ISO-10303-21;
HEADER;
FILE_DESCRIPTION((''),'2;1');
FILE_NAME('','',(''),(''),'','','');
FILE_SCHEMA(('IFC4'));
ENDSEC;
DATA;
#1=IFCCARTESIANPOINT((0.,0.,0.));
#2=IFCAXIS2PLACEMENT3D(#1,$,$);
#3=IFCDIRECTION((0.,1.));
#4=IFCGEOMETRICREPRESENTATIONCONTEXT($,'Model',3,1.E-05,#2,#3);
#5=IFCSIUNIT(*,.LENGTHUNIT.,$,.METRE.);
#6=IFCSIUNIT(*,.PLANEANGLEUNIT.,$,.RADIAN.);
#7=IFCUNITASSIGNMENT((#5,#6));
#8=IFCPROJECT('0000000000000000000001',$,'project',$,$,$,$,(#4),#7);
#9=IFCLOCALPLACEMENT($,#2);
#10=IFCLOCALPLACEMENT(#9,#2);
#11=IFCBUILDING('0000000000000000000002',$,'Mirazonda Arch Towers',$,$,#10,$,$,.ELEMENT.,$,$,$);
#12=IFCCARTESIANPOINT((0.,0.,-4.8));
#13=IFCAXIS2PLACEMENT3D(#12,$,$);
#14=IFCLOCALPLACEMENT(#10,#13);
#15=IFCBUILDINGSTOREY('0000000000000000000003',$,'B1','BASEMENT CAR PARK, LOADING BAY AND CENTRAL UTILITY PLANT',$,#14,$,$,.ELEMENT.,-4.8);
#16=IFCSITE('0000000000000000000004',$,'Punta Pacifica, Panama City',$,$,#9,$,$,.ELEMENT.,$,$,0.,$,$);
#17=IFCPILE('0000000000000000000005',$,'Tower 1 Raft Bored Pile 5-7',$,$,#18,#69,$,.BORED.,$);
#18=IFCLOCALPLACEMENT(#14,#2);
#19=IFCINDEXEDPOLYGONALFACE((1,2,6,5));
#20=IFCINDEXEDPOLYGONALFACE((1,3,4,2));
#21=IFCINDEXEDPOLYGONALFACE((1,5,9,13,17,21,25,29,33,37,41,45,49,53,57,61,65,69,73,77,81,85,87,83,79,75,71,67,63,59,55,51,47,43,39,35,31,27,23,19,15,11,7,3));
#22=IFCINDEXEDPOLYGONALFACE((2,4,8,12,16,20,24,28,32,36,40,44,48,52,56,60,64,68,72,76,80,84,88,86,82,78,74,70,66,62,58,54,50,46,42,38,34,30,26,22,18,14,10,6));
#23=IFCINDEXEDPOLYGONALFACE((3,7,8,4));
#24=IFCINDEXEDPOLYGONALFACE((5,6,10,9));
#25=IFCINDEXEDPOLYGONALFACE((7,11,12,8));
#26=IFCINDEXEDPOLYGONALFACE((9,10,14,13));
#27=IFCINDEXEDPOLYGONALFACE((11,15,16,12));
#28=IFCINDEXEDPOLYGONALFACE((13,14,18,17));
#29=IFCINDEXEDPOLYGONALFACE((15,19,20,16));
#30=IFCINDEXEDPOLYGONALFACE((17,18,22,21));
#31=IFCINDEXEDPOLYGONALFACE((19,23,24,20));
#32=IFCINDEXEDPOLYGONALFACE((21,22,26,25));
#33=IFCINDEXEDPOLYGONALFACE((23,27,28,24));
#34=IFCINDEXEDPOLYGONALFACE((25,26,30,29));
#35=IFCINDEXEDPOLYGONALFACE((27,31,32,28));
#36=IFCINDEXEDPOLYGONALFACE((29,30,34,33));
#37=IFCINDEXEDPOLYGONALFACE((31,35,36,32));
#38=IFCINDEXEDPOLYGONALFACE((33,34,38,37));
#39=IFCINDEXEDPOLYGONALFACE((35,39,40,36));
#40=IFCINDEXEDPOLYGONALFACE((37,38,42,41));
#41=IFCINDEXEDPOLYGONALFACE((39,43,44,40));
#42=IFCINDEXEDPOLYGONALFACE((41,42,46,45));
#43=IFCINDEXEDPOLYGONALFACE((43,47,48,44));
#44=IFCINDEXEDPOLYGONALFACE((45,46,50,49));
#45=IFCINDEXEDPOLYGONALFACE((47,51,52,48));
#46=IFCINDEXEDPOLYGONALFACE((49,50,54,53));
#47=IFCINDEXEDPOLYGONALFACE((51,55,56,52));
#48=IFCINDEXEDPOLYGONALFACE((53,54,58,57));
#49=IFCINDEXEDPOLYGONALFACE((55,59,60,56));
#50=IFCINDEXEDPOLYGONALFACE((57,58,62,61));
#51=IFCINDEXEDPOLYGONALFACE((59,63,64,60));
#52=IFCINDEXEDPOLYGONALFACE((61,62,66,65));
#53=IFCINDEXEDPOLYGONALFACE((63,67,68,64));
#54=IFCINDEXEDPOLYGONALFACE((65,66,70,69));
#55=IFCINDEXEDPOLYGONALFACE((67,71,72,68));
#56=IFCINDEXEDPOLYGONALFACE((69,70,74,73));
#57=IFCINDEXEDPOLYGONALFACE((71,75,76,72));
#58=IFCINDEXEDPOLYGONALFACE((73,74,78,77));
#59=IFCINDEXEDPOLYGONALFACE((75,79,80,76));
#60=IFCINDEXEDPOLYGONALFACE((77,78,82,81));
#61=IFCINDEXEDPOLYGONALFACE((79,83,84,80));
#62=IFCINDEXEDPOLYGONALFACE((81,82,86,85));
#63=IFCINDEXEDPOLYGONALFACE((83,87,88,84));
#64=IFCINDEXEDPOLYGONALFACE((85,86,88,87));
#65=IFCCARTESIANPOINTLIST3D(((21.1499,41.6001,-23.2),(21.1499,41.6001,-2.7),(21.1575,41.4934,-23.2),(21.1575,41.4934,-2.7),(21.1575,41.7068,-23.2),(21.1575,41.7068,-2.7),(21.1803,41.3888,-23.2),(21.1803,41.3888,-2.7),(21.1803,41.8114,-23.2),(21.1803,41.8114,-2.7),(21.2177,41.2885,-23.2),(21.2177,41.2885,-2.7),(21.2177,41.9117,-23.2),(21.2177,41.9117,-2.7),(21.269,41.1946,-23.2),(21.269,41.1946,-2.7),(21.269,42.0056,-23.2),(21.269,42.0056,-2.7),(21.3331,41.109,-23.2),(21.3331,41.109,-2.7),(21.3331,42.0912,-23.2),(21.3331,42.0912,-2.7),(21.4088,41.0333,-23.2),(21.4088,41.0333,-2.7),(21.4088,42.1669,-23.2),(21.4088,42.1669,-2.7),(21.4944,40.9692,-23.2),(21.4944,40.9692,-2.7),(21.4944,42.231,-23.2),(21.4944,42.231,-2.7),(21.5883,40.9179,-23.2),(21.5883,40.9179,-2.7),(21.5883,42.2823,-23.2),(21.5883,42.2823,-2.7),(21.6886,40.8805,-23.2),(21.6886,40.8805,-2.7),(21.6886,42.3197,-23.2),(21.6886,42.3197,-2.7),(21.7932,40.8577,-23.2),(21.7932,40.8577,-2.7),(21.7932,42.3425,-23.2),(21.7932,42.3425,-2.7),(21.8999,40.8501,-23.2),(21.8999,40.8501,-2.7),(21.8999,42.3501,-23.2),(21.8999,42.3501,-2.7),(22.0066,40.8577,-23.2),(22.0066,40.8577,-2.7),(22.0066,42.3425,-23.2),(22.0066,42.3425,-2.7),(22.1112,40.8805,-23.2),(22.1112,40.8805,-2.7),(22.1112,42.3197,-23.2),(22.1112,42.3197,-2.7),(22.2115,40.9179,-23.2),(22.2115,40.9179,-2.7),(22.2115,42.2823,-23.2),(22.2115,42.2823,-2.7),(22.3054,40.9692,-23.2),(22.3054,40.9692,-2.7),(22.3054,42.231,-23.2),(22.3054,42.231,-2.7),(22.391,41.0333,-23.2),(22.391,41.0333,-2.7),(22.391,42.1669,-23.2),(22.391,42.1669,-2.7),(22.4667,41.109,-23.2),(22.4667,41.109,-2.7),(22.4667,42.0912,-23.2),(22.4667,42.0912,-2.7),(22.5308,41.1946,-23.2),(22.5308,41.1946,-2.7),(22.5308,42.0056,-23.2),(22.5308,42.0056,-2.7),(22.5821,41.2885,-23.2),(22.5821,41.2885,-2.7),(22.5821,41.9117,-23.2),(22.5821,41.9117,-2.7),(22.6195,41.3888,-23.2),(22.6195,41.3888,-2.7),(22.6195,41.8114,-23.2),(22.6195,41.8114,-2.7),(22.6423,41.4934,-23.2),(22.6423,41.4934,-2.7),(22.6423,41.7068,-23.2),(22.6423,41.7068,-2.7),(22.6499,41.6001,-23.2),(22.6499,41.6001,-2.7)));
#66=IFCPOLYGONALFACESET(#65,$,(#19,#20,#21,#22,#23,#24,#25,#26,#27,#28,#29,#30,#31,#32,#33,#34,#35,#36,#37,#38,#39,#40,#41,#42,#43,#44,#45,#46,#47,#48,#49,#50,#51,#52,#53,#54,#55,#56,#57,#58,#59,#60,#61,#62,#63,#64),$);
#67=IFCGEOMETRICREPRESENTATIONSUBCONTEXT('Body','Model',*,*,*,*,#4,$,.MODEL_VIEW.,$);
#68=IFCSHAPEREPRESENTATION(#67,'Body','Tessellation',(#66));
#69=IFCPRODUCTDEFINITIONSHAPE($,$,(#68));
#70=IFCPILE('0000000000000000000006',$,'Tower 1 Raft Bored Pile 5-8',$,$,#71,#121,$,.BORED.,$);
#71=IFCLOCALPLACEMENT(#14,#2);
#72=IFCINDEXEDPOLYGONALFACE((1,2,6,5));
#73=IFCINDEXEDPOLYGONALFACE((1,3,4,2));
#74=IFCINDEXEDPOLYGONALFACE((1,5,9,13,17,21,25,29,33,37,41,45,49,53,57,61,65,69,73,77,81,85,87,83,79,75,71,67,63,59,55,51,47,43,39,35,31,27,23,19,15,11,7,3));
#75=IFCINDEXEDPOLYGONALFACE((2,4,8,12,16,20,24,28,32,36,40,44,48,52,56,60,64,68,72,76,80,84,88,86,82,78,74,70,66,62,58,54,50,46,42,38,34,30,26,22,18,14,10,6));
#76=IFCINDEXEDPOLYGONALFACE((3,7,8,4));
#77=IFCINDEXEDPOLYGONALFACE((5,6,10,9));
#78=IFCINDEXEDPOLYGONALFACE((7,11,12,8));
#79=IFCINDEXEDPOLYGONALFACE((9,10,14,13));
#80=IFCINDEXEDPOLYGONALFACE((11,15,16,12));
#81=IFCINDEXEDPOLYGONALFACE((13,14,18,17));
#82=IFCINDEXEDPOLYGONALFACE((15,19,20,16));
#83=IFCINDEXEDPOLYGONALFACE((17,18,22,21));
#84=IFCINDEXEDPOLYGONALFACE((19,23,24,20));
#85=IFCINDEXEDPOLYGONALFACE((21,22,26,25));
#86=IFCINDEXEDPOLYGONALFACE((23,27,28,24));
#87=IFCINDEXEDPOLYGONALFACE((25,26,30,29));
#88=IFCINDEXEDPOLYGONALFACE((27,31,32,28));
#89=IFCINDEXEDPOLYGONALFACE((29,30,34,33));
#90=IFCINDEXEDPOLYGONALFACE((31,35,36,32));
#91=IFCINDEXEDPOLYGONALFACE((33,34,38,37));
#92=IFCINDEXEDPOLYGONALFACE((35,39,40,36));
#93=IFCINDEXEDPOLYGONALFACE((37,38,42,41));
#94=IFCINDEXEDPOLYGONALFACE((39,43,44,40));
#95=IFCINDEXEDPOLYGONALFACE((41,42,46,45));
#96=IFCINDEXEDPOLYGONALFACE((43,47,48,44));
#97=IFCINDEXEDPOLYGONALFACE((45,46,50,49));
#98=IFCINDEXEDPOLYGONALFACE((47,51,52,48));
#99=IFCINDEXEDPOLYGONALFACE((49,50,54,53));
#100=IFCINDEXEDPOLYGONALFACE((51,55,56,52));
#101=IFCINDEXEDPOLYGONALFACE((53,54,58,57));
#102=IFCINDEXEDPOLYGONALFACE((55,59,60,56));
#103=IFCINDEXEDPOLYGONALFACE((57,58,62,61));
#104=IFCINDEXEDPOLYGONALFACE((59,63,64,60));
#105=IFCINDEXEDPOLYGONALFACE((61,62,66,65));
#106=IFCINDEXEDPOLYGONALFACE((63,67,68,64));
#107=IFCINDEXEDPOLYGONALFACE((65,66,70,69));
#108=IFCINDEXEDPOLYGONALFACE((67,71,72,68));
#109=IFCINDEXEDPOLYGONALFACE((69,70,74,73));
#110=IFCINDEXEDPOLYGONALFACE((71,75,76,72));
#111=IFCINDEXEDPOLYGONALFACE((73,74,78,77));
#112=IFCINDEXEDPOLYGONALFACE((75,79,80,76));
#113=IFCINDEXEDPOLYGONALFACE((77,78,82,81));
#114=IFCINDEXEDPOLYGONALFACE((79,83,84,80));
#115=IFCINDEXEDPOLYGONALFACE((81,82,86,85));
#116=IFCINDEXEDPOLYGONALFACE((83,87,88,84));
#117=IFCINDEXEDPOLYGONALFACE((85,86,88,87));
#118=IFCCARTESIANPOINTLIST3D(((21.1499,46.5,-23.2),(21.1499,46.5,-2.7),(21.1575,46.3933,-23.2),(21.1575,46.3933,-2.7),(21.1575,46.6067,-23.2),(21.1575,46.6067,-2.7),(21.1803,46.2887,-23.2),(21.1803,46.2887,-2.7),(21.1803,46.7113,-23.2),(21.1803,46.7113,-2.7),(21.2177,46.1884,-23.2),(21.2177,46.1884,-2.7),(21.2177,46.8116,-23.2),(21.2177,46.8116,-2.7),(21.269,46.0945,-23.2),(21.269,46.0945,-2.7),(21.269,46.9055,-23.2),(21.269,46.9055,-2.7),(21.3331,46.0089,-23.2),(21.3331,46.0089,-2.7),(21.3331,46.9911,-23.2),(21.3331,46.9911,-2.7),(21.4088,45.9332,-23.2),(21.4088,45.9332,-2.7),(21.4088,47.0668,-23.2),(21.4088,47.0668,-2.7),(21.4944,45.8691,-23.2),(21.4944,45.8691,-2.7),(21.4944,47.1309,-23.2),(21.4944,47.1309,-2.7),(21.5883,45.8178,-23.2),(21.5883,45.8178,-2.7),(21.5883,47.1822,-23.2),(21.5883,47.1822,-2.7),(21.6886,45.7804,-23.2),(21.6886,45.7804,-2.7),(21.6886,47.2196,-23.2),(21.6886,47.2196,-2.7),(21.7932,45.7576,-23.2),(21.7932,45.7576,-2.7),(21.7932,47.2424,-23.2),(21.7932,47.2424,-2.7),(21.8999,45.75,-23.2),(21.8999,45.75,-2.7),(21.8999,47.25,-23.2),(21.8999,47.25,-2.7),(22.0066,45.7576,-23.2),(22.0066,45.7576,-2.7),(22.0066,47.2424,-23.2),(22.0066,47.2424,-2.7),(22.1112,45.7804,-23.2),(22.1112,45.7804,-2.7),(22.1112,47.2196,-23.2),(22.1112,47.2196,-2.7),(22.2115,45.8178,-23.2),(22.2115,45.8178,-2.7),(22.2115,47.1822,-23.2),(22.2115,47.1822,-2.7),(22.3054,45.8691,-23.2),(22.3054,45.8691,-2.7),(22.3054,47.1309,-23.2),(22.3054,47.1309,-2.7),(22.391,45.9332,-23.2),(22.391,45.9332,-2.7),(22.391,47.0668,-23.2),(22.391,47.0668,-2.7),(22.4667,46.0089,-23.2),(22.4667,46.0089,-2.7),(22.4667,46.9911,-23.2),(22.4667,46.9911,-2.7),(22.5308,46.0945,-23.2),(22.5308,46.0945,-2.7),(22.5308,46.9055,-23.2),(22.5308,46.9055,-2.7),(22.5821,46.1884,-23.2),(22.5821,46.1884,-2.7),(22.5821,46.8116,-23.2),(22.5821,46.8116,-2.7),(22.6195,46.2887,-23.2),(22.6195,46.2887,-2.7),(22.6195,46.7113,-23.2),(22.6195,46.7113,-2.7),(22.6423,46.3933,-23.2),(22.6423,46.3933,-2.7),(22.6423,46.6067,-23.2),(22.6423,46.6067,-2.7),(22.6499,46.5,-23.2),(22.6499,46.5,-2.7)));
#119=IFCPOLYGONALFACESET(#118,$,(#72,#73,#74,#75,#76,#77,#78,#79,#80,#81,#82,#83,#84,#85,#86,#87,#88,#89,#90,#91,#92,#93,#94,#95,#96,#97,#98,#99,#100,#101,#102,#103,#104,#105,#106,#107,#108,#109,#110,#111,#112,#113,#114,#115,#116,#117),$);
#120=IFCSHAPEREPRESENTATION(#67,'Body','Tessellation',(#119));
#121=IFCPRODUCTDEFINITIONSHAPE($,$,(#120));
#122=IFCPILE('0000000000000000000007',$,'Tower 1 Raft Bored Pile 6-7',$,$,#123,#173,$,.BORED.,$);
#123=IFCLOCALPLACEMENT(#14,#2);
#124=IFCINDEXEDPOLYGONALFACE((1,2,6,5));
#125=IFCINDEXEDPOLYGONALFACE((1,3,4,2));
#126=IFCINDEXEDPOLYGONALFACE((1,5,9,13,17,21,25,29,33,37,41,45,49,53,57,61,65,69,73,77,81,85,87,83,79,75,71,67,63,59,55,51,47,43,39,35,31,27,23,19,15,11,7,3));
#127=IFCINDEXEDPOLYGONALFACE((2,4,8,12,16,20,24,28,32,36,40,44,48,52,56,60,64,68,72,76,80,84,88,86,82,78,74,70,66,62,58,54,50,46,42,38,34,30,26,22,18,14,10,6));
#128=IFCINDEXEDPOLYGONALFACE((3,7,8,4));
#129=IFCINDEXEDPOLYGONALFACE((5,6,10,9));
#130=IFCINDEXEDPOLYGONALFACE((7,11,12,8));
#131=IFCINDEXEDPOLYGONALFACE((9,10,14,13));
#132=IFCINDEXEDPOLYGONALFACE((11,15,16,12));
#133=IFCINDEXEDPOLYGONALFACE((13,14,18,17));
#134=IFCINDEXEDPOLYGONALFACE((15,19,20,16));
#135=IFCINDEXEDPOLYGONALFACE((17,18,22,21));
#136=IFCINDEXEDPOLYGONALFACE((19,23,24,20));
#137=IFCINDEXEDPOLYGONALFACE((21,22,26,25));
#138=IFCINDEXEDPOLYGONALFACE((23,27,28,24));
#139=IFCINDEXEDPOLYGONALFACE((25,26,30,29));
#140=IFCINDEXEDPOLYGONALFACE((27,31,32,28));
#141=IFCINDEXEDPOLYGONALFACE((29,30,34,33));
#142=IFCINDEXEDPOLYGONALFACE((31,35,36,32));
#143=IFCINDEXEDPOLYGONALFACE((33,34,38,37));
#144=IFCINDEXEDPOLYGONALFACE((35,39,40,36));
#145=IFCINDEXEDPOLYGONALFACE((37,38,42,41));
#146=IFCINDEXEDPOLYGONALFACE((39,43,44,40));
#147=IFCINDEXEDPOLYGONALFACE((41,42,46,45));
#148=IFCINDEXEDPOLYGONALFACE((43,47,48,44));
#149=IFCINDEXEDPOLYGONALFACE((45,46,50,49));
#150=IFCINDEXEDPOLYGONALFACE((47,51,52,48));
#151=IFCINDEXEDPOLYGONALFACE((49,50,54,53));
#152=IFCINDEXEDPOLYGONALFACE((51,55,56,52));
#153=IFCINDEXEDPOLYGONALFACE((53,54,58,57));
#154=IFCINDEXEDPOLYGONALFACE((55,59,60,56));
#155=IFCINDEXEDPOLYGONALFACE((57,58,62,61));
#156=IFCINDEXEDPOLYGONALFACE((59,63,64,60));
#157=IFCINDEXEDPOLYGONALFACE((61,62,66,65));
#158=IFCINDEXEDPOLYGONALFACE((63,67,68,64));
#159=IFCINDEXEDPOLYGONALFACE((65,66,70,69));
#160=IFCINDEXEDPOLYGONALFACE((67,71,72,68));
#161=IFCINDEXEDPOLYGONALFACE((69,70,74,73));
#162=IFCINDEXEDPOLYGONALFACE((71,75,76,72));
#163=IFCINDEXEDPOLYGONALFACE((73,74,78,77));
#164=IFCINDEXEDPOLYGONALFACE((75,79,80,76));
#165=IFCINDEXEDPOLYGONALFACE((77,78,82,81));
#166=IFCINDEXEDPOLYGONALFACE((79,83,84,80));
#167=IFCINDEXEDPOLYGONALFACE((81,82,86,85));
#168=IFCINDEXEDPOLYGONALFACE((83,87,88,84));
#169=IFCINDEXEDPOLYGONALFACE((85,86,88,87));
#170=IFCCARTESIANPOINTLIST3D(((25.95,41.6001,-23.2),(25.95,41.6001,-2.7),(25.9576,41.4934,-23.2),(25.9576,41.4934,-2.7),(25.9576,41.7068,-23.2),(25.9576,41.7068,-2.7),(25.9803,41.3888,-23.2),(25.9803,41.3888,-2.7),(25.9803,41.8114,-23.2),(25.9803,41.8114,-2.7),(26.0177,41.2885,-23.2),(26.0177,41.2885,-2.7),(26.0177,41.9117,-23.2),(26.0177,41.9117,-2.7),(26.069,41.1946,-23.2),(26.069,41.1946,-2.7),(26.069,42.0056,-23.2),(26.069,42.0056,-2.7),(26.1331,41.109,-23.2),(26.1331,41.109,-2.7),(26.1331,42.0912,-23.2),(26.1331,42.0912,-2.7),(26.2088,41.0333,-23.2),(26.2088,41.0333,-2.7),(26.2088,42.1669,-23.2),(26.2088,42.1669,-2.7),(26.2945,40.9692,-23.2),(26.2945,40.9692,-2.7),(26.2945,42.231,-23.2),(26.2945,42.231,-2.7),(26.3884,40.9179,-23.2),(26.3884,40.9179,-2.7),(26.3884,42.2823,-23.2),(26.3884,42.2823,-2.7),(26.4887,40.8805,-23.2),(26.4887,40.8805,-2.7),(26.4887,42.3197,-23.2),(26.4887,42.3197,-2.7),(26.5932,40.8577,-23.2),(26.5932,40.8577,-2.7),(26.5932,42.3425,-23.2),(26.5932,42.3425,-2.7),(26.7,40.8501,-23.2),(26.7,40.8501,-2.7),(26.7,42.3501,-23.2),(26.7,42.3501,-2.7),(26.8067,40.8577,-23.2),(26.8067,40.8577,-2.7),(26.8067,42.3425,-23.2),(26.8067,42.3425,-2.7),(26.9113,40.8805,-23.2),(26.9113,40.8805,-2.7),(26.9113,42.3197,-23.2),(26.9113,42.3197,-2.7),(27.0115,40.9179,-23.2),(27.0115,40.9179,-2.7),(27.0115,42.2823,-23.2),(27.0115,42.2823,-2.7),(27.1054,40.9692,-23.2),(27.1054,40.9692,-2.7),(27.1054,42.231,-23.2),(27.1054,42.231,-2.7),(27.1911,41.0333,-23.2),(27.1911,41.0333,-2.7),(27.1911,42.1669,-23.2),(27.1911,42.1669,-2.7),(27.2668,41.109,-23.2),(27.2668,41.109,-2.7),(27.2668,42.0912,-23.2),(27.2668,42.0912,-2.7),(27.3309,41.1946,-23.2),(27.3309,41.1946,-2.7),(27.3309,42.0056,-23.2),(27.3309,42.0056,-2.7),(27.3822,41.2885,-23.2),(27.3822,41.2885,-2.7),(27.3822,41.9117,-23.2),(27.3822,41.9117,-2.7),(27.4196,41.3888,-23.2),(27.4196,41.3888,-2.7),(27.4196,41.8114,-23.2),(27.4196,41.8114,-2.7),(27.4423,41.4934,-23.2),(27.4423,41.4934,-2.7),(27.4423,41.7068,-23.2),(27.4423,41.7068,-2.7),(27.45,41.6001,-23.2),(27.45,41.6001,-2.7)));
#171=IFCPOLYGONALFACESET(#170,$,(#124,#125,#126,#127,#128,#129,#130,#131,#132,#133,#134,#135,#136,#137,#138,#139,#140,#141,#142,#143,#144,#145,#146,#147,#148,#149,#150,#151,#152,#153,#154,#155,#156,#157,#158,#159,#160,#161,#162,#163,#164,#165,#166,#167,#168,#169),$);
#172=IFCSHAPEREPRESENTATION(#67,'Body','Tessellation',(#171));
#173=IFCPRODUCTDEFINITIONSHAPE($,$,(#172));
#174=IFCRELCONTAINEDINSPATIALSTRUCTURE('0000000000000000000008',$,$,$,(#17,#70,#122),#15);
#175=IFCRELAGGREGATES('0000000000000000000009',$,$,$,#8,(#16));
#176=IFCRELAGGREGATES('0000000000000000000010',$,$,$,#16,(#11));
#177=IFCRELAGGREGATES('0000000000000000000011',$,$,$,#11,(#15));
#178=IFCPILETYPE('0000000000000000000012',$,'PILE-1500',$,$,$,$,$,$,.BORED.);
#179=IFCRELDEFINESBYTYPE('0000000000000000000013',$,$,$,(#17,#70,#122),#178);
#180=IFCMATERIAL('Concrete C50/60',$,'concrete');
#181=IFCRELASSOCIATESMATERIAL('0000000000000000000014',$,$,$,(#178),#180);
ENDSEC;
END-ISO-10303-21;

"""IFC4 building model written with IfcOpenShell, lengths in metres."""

from ifc_helpers import new_model, si_unit, direction, frame, origin, origin_2d, place, context, subcontext, project, spatial, circle, extrude, material, material_profile, profile_set, type_object, element, save


model = new_model("IFC4")

# Units and contexts
model_context = context("Model", 3, precision=1e-05, world=origin(), true_north=direction((0.0, 1.0)))
body_context = subcontext(model_context, "Body", "Model", "MODEL_VIEW")
ifc_project = project(units=[si_unit("LENGTHUNIT", "METRE"), si_unit("PLANEANGLEUNIT", "RADIAN")], contexts=[model_context])

# Site, building, storey
site_placement = place(None, origin())
site = spatial("IfcSite", under=ifc_project, at=site_placement, Name="Punta Pacifica, Panama City", CompositionType="ELEMENT", RefElevation=0.0)
building_placement = place(site_placement, origin())
building = spatial("IfcBuilding", under=site, at=building_placement, Name="Mirazonda Arch Towers", CompositionType="ELEMENT")
storey_placement = place(building_placement, frame((0.0, 0.0, -4.8)))
storey = spatial("IfcBuildingStorey", under=building, at=storey_placement, Name="B1", Description="BASEMENT CAR PARK, LOADING BAY AND CENTRAL UTILITY PLANT", CompositionType="ELEMENT", Elevation=-4.8)

# Piles
ifc_material_1 = material(Name="Concrete C50/60", Category="concrete")
ifc_material_profile_1 = material_profile(ifc_material_1, circle(Radius=0.75, at=origin_2d()), Name="BORED-D1500")
ifc_profile_set_1 = profile_set([ifc_material_profile_1], Name="Concrete C50/60")
pile_type = type_object("IfcPileType", Name="PILE-1500", PredefinedType="BORED", material=ifc_profile_set_1)
for number, where, z_axis, x_axis, name in (
    (1, (21.8999, 41.6001, -2.7), (0.0, 0.0, -1.0), (1.0, 0.0, 0.0), "Tower 1 Raft Bored Pile 5-7"),
    (2, (21.8999, 46.5, -2.7), (0.0, 0.0, -1.0), (1.0, 0.0, 0.0), "Tower 1 Raft Bored Pile 5-8"),
    (3, (26.7, 41.6001, -2.7), (0.0, 0.0, -1.0), (1.0, 0.0, 0.0), "Tower 1 Raft Bored Pile 6-7"),
):
    element("IfcPile", number, at=place(storey_placement, frame(where, z_axis=z_axis, x_axis=x_axis)), inside=storey, type_object=pile_type, Name=name, PredefinedType="BORED", context=body_context, shape_type="SweptSolid", body=[
        extrude(circle(Radius=0.75, at=origin_2d()), origin(), (0.0, 0.0, 1.0), 20.5),
    ])

save(model, "model.ifc")
